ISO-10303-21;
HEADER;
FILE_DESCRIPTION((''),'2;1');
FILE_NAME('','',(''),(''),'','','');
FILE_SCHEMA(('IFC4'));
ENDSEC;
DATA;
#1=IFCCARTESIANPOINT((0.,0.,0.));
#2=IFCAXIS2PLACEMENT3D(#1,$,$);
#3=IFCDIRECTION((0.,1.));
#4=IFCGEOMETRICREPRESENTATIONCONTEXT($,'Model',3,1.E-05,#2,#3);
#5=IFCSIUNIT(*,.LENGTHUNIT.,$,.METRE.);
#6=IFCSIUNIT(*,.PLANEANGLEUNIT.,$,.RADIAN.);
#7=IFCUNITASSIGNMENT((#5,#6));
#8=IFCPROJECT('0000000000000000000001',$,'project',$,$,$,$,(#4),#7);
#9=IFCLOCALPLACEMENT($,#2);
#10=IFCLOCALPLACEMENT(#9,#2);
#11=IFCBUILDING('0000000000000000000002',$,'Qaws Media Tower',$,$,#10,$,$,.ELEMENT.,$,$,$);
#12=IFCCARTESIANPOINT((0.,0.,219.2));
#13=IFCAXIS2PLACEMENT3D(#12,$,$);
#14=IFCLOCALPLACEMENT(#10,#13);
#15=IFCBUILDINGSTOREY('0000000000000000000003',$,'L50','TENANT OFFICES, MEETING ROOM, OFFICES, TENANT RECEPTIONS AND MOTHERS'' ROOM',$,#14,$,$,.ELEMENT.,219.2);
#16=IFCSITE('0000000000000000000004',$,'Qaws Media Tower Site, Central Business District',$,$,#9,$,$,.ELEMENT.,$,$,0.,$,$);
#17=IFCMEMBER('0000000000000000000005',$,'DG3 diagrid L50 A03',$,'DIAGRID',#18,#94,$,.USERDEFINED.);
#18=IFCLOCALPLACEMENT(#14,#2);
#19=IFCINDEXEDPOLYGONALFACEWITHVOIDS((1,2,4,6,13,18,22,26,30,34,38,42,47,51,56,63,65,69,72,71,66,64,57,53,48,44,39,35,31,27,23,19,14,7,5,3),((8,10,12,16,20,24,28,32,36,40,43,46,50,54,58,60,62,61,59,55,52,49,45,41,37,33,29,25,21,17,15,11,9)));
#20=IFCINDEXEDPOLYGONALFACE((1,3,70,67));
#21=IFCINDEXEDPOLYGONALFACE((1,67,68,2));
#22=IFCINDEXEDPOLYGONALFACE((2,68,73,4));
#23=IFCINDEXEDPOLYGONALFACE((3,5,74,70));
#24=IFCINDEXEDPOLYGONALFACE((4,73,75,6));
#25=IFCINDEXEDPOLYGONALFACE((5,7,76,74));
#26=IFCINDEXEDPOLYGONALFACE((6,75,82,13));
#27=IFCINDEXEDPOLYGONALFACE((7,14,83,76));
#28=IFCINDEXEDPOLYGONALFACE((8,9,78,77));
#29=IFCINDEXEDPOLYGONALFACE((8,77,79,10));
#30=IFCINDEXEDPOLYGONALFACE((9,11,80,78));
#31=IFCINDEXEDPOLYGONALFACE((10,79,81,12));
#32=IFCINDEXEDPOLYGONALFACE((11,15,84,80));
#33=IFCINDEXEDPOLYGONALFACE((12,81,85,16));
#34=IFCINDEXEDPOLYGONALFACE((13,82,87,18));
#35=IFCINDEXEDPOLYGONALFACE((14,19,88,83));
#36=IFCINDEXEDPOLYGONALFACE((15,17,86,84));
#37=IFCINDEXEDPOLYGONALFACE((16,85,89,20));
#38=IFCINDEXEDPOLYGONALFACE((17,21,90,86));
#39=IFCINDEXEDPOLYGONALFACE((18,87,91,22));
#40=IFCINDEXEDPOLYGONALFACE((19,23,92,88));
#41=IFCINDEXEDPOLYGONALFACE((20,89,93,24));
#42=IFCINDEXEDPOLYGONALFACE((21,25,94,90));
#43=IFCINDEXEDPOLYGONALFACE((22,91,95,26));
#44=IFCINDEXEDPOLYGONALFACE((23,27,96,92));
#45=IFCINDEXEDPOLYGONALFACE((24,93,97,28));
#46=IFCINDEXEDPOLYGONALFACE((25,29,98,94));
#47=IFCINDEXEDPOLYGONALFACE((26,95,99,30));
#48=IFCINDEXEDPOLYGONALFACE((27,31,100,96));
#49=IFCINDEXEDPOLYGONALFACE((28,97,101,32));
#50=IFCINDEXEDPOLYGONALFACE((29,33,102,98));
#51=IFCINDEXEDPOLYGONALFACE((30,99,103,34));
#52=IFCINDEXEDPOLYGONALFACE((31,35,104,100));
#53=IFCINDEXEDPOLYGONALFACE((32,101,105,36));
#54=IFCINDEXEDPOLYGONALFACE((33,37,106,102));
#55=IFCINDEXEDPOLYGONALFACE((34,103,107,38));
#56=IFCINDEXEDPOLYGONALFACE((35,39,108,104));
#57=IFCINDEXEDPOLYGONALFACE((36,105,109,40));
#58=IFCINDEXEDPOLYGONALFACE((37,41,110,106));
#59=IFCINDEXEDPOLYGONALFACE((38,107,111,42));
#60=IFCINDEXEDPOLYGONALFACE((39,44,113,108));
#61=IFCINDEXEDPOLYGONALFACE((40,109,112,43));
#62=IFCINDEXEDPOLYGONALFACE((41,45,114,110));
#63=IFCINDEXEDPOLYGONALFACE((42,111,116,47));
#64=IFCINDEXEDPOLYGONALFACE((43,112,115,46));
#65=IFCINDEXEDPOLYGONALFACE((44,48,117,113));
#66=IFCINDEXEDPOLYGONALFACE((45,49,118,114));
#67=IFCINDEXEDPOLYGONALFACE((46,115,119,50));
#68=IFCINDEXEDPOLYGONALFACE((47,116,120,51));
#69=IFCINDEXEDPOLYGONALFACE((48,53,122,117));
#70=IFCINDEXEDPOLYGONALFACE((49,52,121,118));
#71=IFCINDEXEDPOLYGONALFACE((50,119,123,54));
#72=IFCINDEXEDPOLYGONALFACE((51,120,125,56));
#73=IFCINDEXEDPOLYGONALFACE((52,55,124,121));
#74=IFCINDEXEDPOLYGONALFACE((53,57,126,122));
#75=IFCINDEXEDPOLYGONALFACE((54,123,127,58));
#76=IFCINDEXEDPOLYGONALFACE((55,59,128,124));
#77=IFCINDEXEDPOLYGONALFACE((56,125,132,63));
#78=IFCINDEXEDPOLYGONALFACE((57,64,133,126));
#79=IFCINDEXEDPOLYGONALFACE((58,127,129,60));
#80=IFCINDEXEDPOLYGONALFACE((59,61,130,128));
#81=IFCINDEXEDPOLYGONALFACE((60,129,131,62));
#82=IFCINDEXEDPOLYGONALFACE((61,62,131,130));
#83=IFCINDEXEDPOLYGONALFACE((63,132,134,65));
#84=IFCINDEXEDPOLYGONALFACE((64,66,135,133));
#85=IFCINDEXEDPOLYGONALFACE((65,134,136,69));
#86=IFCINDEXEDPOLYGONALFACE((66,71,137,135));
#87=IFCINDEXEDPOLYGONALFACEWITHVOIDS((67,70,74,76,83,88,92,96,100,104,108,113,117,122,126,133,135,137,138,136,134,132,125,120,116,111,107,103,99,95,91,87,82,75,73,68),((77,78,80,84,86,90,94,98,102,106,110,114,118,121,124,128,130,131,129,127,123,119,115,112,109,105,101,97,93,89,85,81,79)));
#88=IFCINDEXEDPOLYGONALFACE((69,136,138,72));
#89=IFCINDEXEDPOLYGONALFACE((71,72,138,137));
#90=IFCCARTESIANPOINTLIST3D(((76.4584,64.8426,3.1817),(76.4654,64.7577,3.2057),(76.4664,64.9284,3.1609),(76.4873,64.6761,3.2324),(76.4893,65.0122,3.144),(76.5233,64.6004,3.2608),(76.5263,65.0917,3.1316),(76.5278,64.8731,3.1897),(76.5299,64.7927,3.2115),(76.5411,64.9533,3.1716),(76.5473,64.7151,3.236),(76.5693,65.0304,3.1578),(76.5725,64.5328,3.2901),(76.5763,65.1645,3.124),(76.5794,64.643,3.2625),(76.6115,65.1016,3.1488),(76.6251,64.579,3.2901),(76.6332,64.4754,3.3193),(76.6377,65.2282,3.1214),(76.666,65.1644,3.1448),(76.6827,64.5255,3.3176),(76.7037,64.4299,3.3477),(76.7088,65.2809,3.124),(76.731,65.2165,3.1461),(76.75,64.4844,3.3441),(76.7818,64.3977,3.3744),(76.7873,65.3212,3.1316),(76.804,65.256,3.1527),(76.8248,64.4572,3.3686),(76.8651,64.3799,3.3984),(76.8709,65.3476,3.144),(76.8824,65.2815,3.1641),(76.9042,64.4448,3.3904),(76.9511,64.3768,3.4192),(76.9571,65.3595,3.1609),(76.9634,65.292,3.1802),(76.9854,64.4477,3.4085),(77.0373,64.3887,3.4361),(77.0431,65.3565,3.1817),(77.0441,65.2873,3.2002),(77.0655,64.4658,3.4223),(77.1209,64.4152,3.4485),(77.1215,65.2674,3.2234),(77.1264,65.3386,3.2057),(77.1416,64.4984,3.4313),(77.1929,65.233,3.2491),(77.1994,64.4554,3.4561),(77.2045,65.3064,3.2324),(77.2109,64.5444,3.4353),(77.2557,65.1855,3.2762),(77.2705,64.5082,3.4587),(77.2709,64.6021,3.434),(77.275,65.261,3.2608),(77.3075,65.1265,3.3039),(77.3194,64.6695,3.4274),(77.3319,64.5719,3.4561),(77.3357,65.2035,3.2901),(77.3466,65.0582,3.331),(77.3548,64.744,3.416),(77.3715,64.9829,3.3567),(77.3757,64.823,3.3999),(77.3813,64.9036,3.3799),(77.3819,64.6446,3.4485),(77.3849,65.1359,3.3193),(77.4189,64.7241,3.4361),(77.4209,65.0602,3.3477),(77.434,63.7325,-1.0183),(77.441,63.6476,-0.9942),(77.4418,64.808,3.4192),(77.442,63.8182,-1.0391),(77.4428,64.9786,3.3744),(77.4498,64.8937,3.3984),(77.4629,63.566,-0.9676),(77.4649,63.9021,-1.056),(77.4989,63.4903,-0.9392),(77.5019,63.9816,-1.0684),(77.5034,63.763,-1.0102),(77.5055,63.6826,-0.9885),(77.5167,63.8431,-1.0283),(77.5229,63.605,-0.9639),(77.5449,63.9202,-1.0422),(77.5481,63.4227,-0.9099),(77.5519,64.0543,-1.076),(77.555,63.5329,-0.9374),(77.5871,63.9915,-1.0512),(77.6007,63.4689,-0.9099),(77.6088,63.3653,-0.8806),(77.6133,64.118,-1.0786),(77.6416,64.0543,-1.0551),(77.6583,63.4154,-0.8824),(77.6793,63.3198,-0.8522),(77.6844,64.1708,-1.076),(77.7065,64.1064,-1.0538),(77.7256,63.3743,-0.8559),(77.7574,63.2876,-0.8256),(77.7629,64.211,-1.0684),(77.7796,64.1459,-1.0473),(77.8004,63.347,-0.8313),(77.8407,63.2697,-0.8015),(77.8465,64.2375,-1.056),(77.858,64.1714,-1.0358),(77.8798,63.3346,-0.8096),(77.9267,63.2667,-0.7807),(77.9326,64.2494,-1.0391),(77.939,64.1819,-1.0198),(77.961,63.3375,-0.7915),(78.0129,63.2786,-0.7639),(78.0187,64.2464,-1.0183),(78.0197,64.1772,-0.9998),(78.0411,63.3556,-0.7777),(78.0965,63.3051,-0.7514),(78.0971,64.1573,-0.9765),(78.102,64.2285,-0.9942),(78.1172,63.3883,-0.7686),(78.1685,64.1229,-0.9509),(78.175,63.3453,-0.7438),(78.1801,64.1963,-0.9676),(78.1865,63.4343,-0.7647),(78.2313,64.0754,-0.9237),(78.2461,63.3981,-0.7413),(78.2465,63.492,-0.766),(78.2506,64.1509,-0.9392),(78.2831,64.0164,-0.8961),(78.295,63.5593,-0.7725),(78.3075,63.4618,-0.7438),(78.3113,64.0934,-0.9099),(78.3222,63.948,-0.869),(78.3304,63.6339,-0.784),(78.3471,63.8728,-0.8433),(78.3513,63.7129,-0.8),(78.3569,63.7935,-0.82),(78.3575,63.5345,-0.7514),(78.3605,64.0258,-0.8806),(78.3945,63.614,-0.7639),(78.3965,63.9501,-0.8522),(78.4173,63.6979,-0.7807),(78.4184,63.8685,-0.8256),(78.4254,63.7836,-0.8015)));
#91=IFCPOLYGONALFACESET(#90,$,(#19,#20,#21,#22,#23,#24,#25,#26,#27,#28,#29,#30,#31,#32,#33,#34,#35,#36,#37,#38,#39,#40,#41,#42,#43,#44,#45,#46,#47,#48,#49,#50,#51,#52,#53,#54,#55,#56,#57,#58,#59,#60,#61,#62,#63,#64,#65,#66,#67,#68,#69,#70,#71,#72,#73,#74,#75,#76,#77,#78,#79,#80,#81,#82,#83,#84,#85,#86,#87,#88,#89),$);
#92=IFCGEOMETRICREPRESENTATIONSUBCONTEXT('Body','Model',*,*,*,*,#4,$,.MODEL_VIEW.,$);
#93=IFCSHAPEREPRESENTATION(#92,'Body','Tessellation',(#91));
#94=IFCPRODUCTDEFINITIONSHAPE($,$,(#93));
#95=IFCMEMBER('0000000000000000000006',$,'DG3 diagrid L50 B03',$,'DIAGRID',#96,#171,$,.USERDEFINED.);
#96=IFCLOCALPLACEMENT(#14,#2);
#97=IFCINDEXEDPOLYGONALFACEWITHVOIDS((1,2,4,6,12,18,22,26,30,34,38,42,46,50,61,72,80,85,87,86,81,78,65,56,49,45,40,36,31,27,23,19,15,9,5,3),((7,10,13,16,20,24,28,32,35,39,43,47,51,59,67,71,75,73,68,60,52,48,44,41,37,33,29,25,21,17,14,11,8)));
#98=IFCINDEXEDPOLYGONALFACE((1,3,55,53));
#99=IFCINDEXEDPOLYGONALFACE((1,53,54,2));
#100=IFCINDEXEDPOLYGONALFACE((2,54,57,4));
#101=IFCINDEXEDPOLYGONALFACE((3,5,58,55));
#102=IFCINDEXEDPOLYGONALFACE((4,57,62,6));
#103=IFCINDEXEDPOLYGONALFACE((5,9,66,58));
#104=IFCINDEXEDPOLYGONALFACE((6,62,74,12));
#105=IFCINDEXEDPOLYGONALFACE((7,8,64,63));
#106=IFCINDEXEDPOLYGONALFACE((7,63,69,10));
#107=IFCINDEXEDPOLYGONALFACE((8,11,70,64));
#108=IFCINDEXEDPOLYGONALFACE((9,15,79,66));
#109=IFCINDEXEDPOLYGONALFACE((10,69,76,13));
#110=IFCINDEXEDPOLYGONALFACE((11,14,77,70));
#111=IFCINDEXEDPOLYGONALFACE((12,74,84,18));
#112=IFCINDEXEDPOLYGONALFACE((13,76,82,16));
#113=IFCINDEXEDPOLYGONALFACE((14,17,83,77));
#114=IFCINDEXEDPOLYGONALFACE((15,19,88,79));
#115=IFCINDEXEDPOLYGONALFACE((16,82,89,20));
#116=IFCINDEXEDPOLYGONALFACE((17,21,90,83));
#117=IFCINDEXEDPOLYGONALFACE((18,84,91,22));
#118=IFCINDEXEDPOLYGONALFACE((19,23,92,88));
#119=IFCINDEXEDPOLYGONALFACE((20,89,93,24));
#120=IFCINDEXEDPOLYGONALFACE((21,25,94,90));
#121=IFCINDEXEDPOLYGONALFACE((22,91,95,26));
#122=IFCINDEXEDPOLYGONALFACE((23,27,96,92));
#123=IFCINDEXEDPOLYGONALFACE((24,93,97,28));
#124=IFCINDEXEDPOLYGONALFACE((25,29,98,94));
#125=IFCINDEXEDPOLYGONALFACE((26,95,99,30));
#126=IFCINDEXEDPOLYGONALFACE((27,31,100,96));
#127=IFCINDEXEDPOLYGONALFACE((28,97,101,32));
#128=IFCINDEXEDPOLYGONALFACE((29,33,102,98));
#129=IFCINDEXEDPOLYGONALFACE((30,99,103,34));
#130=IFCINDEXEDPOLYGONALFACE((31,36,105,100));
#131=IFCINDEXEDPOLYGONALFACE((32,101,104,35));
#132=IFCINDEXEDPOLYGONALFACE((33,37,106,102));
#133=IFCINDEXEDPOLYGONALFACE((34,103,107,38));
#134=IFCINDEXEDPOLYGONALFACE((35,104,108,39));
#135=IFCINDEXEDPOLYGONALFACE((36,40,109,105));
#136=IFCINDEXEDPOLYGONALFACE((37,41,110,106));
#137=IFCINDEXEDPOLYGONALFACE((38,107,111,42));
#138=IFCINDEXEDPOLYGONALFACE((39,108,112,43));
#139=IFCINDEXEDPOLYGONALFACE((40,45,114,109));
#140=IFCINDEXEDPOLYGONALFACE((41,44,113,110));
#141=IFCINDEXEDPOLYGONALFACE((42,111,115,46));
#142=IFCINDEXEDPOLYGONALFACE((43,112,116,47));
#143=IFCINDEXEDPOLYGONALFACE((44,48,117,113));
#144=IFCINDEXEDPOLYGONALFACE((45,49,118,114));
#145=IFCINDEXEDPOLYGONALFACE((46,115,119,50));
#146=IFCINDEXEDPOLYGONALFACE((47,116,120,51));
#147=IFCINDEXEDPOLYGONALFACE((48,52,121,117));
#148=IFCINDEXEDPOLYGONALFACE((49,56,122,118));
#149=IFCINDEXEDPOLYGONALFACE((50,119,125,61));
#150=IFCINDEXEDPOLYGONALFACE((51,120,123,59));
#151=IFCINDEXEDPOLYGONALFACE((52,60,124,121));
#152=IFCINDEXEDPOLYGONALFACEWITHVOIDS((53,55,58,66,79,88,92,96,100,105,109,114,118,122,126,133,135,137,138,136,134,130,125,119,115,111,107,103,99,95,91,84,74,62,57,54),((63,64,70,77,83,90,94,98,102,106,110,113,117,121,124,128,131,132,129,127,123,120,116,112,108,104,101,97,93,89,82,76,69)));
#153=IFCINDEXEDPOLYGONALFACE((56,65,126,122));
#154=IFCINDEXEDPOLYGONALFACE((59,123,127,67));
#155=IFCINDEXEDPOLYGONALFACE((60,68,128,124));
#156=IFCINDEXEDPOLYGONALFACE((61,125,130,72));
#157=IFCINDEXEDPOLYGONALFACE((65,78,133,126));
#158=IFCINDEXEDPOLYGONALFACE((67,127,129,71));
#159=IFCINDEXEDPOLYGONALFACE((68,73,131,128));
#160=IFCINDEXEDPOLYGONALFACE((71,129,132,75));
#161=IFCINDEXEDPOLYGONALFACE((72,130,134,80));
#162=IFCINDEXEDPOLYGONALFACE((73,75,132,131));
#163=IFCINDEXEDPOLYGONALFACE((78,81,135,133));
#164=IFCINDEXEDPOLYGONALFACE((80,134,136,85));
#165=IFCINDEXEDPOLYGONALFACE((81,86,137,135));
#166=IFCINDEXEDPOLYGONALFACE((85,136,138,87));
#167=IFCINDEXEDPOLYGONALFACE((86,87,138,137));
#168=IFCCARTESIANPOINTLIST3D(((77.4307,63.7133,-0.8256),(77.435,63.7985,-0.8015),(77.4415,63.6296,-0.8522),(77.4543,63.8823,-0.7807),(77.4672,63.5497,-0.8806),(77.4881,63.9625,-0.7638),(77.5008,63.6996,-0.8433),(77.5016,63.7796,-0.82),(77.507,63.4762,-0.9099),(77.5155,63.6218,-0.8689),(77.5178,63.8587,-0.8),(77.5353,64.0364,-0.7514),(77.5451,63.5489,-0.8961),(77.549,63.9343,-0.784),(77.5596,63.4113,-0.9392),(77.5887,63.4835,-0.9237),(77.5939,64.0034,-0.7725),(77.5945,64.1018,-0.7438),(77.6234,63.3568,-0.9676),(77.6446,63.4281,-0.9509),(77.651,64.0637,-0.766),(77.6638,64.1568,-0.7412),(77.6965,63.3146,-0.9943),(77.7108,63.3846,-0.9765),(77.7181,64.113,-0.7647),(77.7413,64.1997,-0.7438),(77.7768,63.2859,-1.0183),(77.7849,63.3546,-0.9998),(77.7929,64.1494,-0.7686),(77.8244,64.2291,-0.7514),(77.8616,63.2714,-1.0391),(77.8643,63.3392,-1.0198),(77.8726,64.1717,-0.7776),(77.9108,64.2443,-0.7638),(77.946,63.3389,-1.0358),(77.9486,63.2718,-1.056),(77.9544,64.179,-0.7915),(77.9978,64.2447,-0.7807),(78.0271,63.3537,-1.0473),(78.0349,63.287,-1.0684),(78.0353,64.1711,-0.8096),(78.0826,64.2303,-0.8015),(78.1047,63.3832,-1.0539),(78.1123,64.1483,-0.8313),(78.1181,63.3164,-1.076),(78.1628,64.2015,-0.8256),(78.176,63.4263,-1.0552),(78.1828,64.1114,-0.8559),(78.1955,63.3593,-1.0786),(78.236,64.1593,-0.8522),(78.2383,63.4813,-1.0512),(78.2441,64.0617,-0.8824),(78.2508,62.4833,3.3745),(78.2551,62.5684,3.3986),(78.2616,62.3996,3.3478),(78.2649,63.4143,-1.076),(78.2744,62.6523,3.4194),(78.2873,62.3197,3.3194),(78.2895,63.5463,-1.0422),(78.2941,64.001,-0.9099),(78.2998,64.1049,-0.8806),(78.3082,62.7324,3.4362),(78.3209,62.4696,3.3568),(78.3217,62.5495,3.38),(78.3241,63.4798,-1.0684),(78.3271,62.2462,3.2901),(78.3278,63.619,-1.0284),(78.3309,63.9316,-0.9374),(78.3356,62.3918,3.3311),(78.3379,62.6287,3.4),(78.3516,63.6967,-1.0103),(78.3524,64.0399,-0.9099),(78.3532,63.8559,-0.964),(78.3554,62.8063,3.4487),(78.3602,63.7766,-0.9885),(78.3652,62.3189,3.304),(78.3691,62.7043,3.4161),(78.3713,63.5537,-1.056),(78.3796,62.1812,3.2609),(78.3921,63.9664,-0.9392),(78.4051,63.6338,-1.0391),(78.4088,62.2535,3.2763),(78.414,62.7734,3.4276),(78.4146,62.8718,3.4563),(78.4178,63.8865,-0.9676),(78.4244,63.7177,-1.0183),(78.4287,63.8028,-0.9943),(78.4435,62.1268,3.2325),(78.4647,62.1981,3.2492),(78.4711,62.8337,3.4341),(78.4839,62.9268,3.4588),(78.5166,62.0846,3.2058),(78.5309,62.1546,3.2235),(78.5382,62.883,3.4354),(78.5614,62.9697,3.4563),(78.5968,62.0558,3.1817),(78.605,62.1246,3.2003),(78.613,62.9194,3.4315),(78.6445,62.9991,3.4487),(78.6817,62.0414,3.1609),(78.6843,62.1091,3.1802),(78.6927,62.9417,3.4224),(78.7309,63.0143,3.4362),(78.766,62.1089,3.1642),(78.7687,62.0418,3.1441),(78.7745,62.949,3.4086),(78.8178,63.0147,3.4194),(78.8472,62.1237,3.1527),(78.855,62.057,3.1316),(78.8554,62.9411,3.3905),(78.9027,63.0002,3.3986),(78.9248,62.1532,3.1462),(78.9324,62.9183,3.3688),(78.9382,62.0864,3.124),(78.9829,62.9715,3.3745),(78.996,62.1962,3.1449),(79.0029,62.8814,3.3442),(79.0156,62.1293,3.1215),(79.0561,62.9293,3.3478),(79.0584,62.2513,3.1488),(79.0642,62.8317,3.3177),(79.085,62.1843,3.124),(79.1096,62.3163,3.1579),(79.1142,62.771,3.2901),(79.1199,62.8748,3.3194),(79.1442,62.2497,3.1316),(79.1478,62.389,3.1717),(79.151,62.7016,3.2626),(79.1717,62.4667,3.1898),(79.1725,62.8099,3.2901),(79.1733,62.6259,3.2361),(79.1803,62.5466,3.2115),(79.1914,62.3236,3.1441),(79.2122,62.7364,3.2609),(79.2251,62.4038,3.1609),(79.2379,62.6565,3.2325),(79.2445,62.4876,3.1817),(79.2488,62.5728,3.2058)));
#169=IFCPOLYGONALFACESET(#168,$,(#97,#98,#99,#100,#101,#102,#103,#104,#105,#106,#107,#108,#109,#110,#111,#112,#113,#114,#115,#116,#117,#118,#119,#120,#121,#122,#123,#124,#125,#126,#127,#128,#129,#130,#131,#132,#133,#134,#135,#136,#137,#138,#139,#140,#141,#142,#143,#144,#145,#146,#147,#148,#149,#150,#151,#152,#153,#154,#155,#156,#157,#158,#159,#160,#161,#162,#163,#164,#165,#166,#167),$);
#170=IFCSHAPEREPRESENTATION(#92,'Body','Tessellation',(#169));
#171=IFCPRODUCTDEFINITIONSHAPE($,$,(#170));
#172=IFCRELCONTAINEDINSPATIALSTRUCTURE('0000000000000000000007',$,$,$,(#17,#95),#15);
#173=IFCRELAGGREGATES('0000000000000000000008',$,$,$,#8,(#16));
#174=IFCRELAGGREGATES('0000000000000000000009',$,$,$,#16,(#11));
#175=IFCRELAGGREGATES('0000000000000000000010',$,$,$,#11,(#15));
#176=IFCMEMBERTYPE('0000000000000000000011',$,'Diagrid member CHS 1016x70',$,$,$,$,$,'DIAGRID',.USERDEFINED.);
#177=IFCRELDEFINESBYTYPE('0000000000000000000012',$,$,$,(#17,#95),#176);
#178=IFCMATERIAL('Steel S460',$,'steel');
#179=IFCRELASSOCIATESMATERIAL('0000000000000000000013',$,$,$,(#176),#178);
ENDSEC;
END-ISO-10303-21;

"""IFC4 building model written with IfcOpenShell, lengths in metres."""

from ifc_helpers import new_model, si_unit, direction, frame, origin, origin_2d, place, context, subcontext, project, spatial, hollow_circle, extrude, material, material_profile, profile_set, type_object, element, save


model = new_model("IFC4")

# Units and contexts
model_context = context("Model", 3, precision=1e-05, world=origin(), true_north=direction((0.0, 1.0)))
body_context = subcontext(model_context, "Body", "Model", "MODEL_VIEW")
ifc_project = project(units=[si_unit("LENGTHUNIT", "METRE"), si_unit("PLANEANGLEUNIT", "RADIAN")], contexts=[model_context])

# Site, building, storey
site_placement = place(None, origin())
site = spatial("IfcSite", under=ifc_project, at=site_placement, Name="Qaws Media Tower Site, Central Business District", CompositionType="ELEMENT", RefElevation=0.0)
building_placement = place(site_placement, origin())
building = spatial("IfcBuilding", under=site, at=building_placement, Name="Qaws Media Tower", CompositionType="ELEMENT")
storey_placement = place(building_placement, frame((0.0, 0.0, 219.2)))
storey = spatial("IfcBuildingStorey", under=building, at=storey_placement, Name="L50", Description="TENANT OFFICES, MEETING ROOM, OFFICES, TENANT RECEPTIONS AND MOTHERS' ROOM", CompositionType="ELEMENT", Elevation=219.2)

# Members
ifc_material_1 = material(Name="Steel S460", Category="steel")
ifc_material_profile_1 = material_profile(ifc_material_1, hollow_circle(Radius=0.5081, WallThickness=0.0701, at=origin_2d()), Name="CHS 1016x70")
ifc_profile_set_1 = profile_set([ifc_material_profile_1], Name="Steel S460")
member_type_1 = type_object("IfcMemberType", Name="Diagrid member CHS 1016x70", ElementType="DIAGRID", PredefinedType="USERDEFINED", material=ifc_profile_set_1)
for number, where, z_axis, x_axis, name in (
    (1, (77.9297, 63.7581, -0.9099), (-0.219116, 0.249329, 0.943305), (-0.751152, -0.660129, 0.0), "DG3 diagrid L50 A03"),
):
    element("IfcMember", number, at=place(storey_placement, frame(where, z_axis=z_axis, x_axis=x_axis)), inside=storey, type_object=member_type_1, Name=name, ObjectType="DIAGRID", PredefinedType="USERDEFINED", context=body_context, shape_type="SweptSolid", body=[
        extrude(hollow_circle(Radius=0.5081, WallThickness=0.0701, at=origin_2d()), origin(), (0.0, 0.0, 1.0), 4.4524),
    ])
for number, where, z_axis, x_axis, name in (
    (2, (77.9297, 63.7581, -0.9099), (0.184181, -0.276244, 0.943275), (0.832025, 0.554738, 0.0), "DG3 diagrid L50 B03"),
):
    element("IfcMember", number, at=place(storey_placement, frame(where, z_axis=z_axis, x_axis=x_axis)), inside=storey, type_object=member_type_1, Name=name, ObjectType="DIAGRID", PredefinedType="USERDEFINED", context=body_context, shape_type="SweptSolid", body=[
        extrude(hollow_circle(Radius=0.5081, WallThickness=0.0701, at=origin_2d()), origin(), (0.0, 0.0, 1.0), 4.4526),
    ])

save(model, "model.ifc")
